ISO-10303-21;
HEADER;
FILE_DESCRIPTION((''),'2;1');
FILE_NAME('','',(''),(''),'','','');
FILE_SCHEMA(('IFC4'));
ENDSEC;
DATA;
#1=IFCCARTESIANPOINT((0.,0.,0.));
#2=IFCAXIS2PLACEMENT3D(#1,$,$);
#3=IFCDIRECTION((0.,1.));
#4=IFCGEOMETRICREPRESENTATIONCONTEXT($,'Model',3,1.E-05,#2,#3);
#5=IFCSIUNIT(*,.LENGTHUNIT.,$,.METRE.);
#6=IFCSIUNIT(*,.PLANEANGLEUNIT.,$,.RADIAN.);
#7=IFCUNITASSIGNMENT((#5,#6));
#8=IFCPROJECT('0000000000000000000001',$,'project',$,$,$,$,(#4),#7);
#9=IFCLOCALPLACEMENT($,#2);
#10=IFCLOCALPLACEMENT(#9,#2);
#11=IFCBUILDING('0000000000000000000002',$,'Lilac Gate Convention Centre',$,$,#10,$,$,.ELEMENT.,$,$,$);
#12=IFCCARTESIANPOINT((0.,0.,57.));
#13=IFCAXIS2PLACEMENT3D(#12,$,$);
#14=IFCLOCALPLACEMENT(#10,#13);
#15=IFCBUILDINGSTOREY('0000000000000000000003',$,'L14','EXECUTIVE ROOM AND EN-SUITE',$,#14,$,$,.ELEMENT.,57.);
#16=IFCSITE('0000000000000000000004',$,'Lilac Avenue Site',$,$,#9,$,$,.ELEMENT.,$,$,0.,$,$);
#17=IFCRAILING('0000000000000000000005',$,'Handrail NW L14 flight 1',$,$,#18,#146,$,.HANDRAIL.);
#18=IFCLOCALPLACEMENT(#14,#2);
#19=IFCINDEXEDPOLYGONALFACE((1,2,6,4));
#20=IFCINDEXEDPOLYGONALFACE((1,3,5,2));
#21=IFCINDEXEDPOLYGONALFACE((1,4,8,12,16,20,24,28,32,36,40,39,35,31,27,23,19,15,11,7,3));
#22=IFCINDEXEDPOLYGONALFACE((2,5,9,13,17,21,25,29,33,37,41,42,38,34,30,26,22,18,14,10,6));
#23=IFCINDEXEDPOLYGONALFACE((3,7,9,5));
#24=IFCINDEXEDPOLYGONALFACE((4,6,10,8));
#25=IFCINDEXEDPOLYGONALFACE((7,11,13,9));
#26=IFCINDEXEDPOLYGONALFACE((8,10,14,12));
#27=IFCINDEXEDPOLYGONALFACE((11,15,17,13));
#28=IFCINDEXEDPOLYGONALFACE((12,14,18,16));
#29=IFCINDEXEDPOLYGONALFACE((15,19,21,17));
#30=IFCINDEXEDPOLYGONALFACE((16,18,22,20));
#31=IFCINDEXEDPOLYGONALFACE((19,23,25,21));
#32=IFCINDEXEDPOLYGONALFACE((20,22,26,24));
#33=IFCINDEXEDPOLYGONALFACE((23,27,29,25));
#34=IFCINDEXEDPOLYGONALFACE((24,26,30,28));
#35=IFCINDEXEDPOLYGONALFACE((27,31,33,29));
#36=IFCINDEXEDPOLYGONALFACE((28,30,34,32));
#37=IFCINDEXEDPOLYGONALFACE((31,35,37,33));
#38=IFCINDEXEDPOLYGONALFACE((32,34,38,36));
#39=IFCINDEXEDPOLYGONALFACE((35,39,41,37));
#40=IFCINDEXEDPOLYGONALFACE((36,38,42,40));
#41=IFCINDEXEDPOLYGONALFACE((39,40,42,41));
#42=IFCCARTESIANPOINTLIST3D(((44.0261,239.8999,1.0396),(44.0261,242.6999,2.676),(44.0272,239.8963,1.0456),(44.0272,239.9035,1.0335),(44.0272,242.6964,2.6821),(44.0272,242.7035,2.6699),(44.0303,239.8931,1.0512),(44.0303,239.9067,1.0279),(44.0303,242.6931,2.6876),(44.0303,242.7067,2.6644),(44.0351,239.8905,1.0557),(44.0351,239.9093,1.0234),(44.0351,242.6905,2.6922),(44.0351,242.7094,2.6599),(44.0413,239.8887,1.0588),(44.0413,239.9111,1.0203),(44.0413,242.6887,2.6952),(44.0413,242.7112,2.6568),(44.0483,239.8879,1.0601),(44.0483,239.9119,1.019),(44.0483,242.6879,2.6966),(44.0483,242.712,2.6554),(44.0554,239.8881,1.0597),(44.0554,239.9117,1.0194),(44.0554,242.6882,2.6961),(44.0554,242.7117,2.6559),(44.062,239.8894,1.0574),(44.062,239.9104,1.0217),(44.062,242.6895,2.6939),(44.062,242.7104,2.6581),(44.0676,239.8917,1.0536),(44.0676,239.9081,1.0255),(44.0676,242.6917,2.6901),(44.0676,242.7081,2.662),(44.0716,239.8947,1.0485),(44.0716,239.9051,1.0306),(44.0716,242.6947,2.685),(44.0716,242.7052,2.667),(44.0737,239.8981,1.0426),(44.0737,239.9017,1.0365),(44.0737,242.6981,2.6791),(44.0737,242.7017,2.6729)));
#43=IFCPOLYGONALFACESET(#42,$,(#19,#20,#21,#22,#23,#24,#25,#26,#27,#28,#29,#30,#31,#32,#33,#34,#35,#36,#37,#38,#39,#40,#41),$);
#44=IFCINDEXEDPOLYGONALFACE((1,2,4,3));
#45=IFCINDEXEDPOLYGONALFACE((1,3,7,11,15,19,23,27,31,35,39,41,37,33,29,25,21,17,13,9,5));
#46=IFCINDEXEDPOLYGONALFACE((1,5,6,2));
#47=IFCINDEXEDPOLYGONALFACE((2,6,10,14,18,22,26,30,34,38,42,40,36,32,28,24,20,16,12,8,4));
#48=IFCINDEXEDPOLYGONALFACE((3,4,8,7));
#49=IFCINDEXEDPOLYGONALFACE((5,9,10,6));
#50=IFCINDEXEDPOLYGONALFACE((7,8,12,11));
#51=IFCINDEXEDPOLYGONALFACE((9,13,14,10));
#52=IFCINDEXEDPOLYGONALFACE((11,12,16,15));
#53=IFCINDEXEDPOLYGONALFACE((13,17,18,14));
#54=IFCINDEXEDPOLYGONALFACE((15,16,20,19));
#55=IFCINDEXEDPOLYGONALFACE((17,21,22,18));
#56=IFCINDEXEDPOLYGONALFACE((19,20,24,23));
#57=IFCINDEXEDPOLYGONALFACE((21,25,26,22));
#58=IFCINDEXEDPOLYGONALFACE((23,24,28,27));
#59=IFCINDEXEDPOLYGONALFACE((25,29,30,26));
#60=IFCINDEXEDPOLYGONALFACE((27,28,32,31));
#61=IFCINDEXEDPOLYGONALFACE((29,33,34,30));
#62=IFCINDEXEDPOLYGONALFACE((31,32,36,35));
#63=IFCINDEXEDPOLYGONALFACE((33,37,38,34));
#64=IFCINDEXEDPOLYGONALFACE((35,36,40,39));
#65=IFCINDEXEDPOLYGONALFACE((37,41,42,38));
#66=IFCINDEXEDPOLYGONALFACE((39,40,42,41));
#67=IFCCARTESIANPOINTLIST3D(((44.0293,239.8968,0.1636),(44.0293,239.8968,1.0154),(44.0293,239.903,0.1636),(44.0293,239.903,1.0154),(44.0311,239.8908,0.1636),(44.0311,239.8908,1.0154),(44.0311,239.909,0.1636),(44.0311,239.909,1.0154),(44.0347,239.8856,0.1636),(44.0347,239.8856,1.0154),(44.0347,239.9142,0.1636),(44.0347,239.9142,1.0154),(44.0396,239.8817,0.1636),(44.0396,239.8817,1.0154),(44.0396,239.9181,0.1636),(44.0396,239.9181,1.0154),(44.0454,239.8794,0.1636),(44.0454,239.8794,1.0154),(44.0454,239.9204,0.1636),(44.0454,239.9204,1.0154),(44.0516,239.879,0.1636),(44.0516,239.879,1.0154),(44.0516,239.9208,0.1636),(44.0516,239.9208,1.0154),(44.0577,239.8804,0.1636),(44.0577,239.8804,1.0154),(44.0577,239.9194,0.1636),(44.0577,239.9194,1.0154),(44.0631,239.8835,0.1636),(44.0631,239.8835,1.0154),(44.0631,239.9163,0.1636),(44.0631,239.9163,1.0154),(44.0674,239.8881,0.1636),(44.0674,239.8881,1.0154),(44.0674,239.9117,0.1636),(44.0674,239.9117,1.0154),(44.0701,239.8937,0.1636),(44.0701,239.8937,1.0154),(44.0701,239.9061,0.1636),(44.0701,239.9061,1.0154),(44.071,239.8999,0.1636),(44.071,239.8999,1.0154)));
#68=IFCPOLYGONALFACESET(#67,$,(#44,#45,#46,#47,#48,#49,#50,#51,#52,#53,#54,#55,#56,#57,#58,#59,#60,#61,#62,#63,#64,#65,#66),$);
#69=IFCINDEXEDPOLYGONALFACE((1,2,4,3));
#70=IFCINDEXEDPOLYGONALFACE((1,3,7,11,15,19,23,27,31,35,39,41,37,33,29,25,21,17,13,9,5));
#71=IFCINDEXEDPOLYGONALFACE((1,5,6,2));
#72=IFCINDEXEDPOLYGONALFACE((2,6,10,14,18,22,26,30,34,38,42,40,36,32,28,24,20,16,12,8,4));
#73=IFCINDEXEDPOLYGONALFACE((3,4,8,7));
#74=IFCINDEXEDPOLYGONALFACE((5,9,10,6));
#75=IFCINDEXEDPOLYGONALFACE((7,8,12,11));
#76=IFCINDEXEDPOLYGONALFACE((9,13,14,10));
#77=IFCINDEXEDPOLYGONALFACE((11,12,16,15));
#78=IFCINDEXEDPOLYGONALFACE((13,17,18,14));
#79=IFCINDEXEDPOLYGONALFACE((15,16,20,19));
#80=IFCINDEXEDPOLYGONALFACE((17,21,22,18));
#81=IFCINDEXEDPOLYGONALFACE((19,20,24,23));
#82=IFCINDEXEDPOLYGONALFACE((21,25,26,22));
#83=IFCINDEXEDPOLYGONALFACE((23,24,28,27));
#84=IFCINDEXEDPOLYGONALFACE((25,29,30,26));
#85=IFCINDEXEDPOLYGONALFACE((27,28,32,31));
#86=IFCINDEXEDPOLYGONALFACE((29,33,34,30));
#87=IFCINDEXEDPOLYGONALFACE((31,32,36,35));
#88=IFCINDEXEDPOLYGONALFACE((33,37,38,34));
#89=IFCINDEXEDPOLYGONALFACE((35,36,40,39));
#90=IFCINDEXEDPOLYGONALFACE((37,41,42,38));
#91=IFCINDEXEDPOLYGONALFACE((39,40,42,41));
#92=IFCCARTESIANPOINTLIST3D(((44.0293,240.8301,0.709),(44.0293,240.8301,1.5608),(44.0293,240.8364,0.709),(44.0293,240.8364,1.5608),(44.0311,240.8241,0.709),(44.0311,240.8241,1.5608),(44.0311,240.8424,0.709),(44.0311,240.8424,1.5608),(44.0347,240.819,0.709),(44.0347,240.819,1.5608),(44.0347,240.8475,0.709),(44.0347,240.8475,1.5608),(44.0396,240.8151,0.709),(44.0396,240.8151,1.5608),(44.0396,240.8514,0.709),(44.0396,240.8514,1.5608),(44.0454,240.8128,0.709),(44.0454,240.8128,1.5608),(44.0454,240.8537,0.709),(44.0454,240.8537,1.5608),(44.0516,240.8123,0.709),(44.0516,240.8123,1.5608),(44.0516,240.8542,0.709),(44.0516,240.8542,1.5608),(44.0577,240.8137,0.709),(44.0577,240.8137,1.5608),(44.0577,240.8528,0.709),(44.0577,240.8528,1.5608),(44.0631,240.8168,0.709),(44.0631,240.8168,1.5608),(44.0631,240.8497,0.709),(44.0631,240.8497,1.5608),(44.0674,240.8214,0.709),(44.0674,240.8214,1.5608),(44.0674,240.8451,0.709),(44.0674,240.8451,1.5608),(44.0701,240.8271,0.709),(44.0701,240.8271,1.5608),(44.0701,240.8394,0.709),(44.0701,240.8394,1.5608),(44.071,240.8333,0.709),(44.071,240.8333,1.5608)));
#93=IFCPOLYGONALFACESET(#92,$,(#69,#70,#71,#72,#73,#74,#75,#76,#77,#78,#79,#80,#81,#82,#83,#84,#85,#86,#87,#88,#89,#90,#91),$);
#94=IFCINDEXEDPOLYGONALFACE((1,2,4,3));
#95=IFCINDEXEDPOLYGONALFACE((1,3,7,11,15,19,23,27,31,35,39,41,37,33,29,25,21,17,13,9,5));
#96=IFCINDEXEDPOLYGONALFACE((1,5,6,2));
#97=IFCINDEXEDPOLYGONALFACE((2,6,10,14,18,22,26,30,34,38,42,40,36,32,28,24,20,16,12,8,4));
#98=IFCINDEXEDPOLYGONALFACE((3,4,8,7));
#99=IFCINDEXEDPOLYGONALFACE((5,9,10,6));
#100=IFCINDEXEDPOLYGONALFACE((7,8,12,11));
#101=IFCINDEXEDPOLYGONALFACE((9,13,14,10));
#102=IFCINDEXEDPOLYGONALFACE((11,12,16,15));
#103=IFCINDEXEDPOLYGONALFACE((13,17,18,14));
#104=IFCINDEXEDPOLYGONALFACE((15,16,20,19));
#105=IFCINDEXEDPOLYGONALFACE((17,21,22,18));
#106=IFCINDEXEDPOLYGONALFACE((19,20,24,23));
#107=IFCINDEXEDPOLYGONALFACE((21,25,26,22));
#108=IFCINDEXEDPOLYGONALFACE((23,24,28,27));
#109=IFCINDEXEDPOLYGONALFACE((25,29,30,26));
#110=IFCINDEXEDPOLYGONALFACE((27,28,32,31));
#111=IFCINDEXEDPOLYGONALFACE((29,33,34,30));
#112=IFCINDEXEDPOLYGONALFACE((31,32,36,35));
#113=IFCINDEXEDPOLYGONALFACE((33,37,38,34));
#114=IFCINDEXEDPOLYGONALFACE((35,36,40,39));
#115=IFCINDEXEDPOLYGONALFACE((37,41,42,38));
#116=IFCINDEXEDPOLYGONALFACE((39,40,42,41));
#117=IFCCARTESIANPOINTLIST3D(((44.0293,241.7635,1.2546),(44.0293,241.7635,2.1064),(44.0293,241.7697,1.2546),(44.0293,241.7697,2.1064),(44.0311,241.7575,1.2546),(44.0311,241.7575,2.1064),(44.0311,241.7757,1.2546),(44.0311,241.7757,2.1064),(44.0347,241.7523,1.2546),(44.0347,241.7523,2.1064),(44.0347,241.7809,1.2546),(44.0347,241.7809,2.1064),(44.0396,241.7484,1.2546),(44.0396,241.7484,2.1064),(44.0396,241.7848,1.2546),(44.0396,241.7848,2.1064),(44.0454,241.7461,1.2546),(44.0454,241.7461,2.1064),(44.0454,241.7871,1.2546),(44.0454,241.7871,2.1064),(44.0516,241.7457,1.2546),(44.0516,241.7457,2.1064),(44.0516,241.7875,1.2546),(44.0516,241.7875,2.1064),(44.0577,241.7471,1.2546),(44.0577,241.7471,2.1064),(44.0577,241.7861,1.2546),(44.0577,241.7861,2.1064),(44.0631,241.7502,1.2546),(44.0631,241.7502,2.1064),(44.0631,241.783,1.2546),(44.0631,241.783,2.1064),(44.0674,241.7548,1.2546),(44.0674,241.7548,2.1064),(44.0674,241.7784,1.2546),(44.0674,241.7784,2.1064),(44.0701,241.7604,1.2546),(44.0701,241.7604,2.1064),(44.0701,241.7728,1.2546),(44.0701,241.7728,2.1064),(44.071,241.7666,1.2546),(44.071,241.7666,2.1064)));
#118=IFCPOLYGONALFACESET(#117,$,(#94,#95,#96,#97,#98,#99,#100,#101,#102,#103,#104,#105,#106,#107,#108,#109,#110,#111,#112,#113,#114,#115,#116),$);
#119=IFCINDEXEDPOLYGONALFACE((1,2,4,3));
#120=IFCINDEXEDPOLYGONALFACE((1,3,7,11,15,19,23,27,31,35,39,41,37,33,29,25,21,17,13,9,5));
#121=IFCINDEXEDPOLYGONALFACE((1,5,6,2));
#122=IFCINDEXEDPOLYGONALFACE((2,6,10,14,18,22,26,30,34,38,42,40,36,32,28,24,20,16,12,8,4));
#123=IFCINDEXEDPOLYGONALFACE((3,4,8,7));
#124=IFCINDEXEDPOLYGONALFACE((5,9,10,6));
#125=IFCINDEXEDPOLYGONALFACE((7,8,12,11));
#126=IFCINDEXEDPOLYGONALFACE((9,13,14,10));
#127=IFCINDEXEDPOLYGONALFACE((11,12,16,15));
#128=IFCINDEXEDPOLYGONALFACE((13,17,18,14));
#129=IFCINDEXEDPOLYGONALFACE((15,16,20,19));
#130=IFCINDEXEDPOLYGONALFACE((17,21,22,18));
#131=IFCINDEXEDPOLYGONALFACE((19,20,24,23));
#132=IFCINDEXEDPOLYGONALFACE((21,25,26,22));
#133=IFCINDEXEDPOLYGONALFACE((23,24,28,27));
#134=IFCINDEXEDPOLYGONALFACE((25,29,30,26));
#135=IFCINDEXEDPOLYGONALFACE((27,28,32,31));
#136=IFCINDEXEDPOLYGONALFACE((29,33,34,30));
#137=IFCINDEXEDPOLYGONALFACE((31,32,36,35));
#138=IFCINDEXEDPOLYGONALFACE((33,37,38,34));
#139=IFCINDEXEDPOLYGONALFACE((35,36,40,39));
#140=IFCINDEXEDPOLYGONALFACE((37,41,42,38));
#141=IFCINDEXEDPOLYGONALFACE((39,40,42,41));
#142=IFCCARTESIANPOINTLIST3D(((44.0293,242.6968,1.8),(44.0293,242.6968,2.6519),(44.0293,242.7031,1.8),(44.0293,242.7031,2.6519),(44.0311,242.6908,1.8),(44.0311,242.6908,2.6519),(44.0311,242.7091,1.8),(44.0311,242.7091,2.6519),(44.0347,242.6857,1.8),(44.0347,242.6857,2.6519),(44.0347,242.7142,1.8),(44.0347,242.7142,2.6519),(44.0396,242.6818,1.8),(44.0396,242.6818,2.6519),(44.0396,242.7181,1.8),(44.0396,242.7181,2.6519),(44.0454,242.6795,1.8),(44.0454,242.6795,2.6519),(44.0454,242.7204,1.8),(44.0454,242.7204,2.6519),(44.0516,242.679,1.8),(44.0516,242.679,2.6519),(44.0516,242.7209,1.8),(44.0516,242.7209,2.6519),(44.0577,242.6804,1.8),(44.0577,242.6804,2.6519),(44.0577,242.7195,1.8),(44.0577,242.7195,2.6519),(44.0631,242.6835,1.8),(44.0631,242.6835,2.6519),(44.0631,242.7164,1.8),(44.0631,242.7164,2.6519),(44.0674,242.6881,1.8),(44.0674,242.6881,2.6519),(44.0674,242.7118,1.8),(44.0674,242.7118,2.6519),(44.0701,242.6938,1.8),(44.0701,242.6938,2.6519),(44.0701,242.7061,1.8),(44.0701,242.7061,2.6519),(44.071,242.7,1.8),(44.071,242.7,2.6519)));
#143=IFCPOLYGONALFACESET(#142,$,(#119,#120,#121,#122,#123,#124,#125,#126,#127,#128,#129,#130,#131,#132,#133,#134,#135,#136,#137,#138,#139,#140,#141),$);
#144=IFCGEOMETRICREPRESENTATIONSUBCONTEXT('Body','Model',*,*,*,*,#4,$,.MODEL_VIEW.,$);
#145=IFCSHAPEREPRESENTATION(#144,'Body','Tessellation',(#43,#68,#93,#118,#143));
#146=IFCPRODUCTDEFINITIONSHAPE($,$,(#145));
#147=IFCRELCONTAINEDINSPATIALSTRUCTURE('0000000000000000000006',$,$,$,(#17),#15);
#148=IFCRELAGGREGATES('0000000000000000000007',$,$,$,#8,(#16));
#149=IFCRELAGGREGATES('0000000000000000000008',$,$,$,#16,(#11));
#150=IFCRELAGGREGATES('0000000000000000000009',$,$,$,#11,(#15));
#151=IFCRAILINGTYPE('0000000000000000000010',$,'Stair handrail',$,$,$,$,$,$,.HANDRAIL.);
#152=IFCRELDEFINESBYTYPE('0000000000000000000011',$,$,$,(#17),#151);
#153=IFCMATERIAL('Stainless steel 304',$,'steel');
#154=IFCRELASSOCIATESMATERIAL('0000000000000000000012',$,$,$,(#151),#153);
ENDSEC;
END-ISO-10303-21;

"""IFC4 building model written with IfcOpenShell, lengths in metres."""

from ifc_helpers import new_model, si_unit, direction, frame, origin, origin_2d, place, context, subcontext, project, spatial, circle, extrude, material, type_object, element, save


model = new_model("IFC4")

# Units and contexts
model_context = context("Model", 3, precision=1e-05, world=origin(), true_north=direction((0.0, 1.0)))
body_context = subcontext(model_context, "Body", "Model", "MODEL_VIEW")
ifc_project = project(units=[si_unit("LENGTHUNIT", "METRE"), si_unit("PLANEANGLEUNIT", "RADIAN")], contexts=[model_context])

# Site, building, storey
site_placement = place(None, origin())
site = spatial("IfcSite", under=ifc_project, at=site_placement, Name="Lilac Avenue Site", CompositionType="ELEMENT", RefElevation=0.0)
building_placement = place(site_placement, origin())
building = spatial("IfcBuilding", under=site, at=building_placement, Name="Lilac Gate Convention Centre", CompositionType="ELEMENT")
storey_placement = place(building_placement, frame((0.0, 0.0, 57.0)))
storey = spatial("IfcBuildingStorey", under=building, at=storey_placement, Name="L14", Description="EXECUTIVE ROOM AND EN-SUITE", CompositionType="ELEMENT", Elevation=57.0)

# Railing
ifc_material_1 = material(Name="Stainless steel 304", Category="steel")
railing_type = type_object("IfcRailingType", Name="Stair handrail", PredefinedType="HANDRAIL", material=ifc_material_1)
for number, where, name in (
    (1, (44.05, 239.8999, 0.1636), "Handrail NW L14 flight 1"),
):
    element("IfcRailing", number, at=place(storey_placement, frame(where)), inside=storey, type_object=railing_type, Name=name, PredefinedType="HANDRAIL", context=body_context, shape_type="SweptSolid", body=[
        extrude(circle(Radius=0.0239, at=origin_2d()), frame((0.0, 0.0, 0.876), z_axis=(0.0, 0.863361, 0.504587), x_axis=(-1.0, 0.0, 0.0)), (0.0, 0.0, 1.0), 3.2432),
        extrude(circle(Radius=0.021, at=origin_2d()), origin(), (0.0, 0.0, 1.0), 0.8518),
        extrude(circle(Radius=0.021, at=origin_2d()), frame((0.0, 0.9333, 0.5454)), (0.0, 0.0, 1.0), 0.8518),
        extrude(circle(Radius=0.021, at=origin_2d()), frame((0.0, 1.8667, 1.0911)), (0.0, 0.0, 1.0), 0.8518),
        extrude(circle(Radius=0.021, at=origin_2d()), frame((0.0, 2.8, 1.6365)), (0.0, 0.0, 1.0), 0.8518),
    ])

save(model, "model.ifc")
